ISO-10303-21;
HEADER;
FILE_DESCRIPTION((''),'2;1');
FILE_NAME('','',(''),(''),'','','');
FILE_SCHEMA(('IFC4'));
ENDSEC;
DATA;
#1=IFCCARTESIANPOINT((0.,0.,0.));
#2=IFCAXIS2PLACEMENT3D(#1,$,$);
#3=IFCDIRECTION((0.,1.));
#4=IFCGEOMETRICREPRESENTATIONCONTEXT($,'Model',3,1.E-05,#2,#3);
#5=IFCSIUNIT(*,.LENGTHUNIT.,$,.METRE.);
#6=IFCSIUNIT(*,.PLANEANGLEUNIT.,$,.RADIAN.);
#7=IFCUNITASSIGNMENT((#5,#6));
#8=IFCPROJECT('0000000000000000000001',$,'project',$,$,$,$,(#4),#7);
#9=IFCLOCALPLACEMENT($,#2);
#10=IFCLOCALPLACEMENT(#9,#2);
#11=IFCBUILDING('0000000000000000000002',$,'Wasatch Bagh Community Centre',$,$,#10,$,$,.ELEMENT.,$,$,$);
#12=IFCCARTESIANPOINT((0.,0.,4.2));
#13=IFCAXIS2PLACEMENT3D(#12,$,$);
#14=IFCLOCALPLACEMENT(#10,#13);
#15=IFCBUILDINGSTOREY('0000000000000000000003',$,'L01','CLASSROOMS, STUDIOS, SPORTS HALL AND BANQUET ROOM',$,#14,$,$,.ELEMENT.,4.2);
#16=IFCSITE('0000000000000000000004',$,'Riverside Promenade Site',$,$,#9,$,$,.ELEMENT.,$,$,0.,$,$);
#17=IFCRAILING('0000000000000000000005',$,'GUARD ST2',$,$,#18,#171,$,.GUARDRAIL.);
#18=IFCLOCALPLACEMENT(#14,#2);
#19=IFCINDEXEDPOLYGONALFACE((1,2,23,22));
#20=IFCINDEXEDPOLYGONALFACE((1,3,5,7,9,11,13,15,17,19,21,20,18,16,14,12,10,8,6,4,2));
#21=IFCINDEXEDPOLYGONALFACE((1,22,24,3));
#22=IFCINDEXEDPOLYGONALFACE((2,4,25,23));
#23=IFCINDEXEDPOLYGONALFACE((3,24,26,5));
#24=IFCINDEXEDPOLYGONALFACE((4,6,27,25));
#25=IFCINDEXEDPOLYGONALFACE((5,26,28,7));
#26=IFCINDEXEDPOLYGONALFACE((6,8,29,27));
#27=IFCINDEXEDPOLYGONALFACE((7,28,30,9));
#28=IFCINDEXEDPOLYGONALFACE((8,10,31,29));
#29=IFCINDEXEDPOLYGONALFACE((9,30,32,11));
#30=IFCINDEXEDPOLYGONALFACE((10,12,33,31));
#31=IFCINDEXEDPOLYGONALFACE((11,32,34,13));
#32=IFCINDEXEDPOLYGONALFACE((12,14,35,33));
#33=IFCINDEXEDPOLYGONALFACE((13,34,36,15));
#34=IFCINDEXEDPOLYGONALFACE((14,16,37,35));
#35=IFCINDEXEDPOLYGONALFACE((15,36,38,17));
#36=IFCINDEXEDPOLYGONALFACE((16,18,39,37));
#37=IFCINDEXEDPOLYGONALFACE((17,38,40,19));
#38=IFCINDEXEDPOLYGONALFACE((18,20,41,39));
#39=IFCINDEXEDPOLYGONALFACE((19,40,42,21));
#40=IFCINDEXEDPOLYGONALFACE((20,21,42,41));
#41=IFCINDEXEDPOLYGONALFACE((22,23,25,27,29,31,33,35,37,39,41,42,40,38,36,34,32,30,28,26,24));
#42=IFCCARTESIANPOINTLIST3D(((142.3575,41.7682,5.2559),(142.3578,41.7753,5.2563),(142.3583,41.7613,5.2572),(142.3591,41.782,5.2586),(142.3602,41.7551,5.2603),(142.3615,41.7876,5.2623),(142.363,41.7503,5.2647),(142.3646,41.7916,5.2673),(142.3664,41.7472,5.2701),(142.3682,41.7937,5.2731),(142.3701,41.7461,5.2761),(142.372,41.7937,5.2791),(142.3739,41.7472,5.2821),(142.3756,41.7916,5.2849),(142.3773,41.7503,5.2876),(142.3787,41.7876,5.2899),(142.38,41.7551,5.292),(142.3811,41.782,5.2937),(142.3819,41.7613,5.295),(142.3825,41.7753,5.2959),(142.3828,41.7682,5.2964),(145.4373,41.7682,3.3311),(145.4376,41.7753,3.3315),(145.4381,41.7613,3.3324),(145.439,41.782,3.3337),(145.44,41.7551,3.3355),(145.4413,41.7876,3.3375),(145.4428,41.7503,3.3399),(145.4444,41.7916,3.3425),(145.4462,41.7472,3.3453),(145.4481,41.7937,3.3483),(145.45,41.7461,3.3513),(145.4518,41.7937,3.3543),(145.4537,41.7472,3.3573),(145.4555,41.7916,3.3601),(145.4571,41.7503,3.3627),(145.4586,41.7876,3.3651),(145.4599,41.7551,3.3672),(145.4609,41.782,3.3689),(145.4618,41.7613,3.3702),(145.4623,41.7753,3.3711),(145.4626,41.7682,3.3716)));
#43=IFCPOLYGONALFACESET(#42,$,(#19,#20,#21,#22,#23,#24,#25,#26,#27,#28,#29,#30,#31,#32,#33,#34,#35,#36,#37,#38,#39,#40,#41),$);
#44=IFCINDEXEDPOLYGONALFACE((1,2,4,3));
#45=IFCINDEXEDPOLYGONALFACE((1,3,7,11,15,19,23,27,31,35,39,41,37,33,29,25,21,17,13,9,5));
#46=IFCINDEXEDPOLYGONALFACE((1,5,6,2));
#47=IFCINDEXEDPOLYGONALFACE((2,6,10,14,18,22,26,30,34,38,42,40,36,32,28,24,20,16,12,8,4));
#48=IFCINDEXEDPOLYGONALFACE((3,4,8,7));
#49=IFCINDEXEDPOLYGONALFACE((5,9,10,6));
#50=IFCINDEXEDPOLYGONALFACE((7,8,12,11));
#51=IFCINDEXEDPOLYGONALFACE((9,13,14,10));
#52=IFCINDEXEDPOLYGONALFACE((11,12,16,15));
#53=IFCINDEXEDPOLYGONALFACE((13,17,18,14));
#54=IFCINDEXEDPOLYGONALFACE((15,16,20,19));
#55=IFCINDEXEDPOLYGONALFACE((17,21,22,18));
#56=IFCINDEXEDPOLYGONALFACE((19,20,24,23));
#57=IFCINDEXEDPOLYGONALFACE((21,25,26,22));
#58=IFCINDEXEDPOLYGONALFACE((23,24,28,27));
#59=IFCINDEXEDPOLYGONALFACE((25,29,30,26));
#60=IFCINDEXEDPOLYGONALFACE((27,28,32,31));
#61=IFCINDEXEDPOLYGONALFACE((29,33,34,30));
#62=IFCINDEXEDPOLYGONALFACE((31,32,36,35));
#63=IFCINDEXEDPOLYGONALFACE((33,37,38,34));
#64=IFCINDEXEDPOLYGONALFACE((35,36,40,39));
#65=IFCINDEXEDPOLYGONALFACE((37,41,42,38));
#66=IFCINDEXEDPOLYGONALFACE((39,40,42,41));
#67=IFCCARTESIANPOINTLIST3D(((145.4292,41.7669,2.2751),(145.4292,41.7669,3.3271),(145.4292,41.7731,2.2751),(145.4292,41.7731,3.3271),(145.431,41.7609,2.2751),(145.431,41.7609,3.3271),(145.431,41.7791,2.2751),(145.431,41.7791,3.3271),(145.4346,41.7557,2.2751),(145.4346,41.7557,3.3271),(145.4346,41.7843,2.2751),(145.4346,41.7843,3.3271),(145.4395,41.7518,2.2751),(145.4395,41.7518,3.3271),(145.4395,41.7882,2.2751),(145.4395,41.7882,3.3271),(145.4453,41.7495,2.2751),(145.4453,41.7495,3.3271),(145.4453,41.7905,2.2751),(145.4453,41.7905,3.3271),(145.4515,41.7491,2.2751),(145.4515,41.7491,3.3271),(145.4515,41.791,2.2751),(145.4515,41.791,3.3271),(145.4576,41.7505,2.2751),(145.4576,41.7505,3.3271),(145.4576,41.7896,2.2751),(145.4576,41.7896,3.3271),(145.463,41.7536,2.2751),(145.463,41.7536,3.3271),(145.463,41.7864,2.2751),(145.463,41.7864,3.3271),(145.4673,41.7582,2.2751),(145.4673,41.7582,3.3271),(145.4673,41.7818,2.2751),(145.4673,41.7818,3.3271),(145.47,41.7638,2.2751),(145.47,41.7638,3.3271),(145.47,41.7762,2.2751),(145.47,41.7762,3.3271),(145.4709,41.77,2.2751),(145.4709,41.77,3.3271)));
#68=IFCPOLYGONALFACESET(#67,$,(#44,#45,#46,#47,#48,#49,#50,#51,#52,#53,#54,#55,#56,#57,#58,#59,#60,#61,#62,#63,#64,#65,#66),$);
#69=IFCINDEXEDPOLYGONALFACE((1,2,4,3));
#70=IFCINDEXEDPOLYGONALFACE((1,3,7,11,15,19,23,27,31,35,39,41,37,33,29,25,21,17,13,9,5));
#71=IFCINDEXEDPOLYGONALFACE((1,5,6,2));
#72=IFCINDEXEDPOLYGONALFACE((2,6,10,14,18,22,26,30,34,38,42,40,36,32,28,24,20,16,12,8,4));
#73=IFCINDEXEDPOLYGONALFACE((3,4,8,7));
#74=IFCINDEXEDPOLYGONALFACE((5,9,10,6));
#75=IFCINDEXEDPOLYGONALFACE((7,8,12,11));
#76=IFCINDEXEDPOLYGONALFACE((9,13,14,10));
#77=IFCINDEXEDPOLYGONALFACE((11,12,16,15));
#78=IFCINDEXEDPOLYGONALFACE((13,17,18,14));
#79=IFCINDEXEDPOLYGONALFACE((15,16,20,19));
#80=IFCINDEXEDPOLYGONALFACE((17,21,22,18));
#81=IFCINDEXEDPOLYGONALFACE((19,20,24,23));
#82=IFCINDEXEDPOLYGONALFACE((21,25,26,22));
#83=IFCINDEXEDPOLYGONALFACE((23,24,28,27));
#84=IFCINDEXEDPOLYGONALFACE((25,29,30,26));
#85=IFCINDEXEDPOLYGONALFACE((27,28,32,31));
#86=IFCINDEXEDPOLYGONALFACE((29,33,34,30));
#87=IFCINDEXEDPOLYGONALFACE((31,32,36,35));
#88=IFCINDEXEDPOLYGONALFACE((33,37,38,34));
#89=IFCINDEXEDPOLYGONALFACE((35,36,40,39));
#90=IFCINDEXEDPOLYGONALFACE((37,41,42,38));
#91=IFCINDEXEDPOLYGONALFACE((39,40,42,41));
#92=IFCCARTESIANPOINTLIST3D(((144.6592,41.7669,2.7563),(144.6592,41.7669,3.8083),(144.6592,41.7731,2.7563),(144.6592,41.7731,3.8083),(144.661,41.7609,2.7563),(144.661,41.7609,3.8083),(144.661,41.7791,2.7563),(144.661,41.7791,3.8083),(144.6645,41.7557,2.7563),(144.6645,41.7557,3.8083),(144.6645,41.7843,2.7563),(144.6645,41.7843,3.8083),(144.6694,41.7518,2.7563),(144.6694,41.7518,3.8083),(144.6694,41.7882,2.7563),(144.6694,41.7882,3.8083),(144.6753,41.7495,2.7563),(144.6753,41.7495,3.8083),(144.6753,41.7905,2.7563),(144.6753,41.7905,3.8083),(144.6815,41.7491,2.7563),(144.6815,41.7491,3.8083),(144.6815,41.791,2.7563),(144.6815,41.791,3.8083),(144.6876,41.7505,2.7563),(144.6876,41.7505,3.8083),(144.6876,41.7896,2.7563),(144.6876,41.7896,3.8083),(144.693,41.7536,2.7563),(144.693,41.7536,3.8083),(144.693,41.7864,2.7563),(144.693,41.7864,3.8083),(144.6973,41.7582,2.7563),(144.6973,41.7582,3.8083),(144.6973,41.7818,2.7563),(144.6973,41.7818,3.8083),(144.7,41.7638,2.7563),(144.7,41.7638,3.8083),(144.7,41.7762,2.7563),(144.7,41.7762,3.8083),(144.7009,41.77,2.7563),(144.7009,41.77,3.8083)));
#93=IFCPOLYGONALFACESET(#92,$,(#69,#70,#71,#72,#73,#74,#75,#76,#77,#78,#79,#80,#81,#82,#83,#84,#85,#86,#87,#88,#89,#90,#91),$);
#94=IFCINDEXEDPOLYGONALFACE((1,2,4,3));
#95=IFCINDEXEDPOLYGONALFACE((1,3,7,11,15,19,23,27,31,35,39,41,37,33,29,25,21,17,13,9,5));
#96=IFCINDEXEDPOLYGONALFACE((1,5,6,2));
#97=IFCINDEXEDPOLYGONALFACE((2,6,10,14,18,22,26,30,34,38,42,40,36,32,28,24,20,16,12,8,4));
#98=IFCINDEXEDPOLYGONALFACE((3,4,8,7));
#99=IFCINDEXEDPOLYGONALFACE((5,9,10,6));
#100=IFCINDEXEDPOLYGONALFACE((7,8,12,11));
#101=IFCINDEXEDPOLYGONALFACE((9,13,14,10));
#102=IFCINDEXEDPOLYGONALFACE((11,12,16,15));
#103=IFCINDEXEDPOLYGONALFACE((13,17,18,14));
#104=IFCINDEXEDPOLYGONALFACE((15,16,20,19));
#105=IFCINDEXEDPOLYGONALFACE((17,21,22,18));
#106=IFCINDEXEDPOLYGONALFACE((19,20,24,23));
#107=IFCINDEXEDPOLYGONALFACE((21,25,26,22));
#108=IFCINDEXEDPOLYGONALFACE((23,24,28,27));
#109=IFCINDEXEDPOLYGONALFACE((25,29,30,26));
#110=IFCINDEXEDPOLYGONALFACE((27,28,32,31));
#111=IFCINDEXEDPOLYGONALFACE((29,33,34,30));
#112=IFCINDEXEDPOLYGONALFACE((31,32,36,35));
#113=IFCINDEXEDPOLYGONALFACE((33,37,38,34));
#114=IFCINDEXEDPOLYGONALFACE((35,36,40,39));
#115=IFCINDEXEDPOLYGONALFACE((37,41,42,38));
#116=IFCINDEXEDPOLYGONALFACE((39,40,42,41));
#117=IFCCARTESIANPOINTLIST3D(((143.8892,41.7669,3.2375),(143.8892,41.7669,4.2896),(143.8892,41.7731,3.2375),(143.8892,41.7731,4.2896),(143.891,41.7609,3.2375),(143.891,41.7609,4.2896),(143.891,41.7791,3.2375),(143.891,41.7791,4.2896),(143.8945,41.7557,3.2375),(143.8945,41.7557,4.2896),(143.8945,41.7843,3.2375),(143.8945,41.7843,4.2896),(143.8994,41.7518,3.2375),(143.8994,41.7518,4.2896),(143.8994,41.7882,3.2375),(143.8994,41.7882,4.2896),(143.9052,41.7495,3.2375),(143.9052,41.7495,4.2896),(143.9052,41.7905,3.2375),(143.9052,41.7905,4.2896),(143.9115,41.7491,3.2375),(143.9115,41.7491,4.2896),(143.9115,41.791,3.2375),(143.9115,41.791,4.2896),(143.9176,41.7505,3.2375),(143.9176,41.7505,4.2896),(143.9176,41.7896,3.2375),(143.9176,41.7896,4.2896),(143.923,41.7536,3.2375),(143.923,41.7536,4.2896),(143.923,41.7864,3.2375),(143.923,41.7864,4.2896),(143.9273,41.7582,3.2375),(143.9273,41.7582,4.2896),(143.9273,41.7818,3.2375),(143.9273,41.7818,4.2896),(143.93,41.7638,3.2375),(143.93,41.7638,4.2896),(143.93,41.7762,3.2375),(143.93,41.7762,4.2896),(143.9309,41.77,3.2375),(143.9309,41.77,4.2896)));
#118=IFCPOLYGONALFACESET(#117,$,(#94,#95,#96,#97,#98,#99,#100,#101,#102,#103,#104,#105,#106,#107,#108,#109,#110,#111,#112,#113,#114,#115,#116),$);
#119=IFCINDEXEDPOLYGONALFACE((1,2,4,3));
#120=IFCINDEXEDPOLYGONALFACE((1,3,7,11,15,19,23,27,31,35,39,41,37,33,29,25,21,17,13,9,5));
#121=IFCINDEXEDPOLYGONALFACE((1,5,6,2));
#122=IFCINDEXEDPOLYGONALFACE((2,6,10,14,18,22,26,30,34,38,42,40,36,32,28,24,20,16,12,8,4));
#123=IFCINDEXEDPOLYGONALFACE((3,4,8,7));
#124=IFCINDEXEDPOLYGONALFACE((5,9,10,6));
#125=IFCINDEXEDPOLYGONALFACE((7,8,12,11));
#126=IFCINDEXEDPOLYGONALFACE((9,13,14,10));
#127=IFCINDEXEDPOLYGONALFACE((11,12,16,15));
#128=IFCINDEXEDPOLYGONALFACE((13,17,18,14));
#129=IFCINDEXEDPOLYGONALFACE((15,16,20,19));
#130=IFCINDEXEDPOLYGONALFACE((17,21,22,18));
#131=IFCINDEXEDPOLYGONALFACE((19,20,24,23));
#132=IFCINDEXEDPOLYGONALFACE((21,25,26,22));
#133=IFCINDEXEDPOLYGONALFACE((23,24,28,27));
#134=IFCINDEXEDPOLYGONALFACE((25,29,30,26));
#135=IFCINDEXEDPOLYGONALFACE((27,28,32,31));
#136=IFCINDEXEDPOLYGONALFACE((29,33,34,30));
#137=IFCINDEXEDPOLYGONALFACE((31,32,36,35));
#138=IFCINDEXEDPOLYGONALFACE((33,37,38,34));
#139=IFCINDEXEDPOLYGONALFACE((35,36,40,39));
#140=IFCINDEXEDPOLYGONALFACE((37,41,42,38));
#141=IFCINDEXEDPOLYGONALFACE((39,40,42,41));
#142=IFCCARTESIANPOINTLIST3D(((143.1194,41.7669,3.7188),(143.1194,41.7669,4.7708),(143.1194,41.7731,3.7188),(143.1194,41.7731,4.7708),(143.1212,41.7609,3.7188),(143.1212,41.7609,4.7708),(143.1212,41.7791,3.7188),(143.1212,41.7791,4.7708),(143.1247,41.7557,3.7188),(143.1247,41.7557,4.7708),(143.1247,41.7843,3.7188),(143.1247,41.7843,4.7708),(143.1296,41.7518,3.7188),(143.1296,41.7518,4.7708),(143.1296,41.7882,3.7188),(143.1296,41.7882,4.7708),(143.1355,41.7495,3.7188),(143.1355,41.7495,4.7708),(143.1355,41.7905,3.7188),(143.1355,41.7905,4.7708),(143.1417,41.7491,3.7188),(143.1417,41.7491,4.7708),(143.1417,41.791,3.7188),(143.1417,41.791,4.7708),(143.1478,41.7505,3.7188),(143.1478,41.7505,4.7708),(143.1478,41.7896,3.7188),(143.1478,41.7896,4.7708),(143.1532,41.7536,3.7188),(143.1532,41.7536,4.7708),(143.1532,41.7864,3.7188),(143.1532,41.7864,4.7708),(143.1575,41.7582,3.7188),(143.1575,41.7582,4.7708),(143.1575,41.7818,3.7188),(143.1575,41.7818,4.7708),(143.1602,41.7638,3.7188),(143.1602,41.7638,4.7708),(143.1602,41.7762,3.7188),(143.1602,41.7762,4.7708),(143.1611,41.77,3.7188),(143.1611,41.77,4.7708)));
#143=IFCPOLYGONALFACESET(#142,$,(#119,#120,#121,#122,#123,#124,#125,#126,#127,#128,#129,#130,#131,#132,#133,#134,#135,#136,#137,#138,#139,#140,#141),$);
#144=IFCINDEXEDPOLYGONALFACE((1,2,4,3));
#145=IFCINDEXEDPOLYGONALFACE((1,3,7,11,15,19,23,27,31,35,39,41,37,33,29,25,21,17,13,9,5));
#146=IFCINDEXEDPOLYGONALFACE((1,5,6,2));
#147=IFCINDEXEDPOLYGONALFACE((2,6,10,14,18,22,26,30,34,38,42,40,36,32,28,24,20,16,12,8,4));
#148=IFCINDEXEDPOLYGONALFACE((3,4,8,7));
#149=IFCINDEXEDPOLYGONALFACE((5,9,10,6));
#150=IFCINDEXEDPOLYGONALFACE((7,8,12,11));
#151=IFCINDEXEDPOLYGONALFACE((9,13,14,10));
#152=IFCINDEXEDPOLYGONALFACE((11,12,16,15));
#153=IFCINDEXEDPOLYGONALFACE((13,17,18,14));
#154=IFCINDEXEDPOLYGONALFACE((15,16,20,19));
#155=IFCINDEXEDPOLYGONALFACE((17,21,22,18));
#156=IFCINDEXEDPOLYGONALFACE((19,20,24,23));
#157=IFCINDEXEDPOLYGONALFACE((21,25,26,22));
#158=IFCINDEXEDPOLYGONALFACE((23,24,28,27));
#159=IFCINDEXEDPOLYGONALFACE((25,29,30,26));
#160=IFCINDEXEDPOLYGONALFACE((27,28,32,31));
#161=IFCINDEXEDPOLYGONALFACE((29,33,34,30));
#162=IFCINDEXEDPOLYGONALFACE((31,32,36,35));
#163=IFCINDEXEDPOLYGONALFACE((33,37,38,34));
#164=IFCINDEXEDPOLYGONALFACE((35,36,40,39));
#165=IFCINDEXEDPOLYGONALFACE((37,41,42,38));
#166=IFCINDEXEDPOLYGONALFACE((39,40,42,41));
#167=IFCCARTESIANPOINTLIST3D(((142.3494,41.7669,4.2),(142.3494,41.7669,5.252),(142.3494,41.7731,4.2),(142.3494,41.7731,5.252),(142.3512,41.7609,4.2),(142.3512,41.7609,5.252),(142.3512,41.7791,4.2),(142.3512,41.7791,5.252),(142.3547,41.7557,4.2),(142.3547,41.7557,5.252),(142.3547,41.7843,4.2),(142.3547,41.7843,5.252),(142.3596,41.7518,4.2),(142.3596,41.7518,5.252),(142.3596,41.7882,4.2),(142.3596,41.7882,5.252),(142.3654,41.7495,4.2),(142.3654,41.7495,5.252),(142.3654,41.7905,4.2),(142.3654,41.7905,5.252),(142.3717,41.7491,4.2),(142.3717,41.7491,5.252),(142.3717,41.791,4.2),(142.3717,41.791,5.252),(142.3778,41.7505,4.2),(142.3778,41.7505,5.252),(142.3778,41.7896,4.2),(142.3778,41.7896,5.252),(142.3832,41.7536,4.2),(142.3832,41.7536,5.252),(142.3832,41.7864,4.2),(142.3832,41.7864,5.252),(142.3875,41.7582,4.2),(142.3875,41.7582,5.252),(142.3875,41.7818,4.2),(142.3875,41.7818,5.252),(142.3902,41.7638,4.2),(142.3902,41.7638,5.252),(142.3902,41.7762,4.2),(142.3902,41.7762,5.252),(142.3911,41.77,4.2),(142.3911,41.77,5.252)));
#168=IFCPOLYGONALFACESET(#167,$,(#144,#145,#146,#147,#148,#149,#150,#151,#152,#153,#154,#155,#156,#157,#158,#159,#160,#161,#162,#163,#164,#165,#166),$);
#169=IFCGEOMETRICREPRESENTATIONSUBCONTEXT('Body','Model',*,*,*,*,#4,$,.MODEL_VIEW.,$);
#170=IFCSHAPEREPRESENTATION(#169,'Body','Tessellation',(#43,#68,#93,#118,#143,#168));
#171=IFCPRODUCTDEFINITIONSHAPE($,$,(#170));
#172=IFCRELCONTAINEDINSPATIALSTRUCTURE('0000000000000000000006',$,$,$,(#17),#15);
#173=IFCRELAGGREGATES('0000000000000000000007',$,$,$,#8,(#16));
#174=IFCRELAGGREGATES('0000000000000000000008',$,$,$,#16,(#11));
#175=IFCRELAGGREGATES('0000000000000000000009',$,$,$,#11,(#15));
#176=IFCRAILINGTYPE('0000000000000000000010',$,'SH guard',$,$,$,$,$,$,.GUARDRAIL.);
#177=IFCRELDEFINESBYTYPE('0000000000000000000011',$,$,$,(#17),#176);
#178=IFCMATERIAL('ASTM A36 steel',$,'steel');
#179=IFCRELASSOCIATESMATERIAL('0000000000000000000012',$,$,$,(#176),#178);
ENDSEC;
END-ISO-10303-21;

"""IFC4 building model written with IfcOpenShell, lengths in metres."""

from ifc_helpers import new_model, si_unit, direction, frame, origin, origin_2d, place, context, subcontext, project, spatial, circle, extrude, material, type_object, element, save


model = new_model("IFC4")

# Units and contexts
model_context = context("Model", 3, precision=1e-05, world=origin(), true_north=direction((0.0, 1.0)))
body_context = subcontext(model_context, "Body", "Model", "MODEL_VIEW")
ifc_project = project(units=[si_unit("LENGTHUNIT", "METRE"), si_unit("PLANEANGLEUNIT", "RADIAN")], contexts=[model_context])

# Site, building, storey
site_placement = place(None, origin())
site = spatial("IfcSite", under=ifc_project, at=site_placement, Name="Riverside Promenade Site", CompositionType="ELEMENT", RefElevation=0.0)
building_placement = place(site_placement, origin())
building = spatial("IfcBuilding", under=site, at=building_placement, Name="Wasatch Bagh Community Centre", CompositionType="ELEMENT")
storey_placement = place(building_placement, frame((0.0, 0.0, 4.2)))
storey = spatial("IfcBuildingStorey", under=building, at=storey_placement, Name="L01", Description="CLASSROOMS, STUDIOS, SPORTS HALL AND BANQUET ROOM", CompositionType="ELEMENT", Elevation=4.2)

# Railing
ifc_material_1 = material(Name="ASTM A36 steel", Category="steel")
railing_type_1 = type_object("IfcRailingType", Name="SH guard", PredefinedType="GUARDRAIL", material=ifc_material_1)
for number, where, name in (
    (1, (145.45, 41.77, 2.2751), "GUARD ST2"),
):
    element("IfcRailing", number, at=place(storey_placement, frame(where)), inside=storey, type_object=railing_type_1, Name=name, PredefinedType="GUARDRAIL", context=body_context, shape_type="SweptSolid", body=[
        extrude(circle(Radius=0.0239, at=origin_2d()), frame((0.0, 0.0, 1.0762), z_axis=(-0.84801, 0.0, 0.529981), x_axis=(0.0, -1.0, 0.0)), (0.0, 0.0, 1.0), 3.6318),
        extrude(circle(Radius=0.021, at=origin_2d()), origin(), (0.0, 0.0, 1.0), 1.052),
        extrude(circle(Radius=0.021, at=origin_2d()), frame((-0.77, 0.0, 0.4812)), (0.0, 0.0, 1.0), 1.052),
        extrude(circle(Radius=0.021, at=origin_2d()), frame((-1.54, 0.0, 0.9624)), (0.0, 0.0, 1.0), 1.052),
        extrude(circle(Radius=0.021, at=origin_2d()), frame((-2.3098, 0.0, 1.4436)), (0.0, 0.0, 1.0), 1.052),
        extrude(circle(Radius=0.021, at=origin_2d()), frame((-3.0798, 0.0, 1.9248)), (0.0, 0.0, 1.0), 1.052),
    ])

save(model, "model.ifc")
